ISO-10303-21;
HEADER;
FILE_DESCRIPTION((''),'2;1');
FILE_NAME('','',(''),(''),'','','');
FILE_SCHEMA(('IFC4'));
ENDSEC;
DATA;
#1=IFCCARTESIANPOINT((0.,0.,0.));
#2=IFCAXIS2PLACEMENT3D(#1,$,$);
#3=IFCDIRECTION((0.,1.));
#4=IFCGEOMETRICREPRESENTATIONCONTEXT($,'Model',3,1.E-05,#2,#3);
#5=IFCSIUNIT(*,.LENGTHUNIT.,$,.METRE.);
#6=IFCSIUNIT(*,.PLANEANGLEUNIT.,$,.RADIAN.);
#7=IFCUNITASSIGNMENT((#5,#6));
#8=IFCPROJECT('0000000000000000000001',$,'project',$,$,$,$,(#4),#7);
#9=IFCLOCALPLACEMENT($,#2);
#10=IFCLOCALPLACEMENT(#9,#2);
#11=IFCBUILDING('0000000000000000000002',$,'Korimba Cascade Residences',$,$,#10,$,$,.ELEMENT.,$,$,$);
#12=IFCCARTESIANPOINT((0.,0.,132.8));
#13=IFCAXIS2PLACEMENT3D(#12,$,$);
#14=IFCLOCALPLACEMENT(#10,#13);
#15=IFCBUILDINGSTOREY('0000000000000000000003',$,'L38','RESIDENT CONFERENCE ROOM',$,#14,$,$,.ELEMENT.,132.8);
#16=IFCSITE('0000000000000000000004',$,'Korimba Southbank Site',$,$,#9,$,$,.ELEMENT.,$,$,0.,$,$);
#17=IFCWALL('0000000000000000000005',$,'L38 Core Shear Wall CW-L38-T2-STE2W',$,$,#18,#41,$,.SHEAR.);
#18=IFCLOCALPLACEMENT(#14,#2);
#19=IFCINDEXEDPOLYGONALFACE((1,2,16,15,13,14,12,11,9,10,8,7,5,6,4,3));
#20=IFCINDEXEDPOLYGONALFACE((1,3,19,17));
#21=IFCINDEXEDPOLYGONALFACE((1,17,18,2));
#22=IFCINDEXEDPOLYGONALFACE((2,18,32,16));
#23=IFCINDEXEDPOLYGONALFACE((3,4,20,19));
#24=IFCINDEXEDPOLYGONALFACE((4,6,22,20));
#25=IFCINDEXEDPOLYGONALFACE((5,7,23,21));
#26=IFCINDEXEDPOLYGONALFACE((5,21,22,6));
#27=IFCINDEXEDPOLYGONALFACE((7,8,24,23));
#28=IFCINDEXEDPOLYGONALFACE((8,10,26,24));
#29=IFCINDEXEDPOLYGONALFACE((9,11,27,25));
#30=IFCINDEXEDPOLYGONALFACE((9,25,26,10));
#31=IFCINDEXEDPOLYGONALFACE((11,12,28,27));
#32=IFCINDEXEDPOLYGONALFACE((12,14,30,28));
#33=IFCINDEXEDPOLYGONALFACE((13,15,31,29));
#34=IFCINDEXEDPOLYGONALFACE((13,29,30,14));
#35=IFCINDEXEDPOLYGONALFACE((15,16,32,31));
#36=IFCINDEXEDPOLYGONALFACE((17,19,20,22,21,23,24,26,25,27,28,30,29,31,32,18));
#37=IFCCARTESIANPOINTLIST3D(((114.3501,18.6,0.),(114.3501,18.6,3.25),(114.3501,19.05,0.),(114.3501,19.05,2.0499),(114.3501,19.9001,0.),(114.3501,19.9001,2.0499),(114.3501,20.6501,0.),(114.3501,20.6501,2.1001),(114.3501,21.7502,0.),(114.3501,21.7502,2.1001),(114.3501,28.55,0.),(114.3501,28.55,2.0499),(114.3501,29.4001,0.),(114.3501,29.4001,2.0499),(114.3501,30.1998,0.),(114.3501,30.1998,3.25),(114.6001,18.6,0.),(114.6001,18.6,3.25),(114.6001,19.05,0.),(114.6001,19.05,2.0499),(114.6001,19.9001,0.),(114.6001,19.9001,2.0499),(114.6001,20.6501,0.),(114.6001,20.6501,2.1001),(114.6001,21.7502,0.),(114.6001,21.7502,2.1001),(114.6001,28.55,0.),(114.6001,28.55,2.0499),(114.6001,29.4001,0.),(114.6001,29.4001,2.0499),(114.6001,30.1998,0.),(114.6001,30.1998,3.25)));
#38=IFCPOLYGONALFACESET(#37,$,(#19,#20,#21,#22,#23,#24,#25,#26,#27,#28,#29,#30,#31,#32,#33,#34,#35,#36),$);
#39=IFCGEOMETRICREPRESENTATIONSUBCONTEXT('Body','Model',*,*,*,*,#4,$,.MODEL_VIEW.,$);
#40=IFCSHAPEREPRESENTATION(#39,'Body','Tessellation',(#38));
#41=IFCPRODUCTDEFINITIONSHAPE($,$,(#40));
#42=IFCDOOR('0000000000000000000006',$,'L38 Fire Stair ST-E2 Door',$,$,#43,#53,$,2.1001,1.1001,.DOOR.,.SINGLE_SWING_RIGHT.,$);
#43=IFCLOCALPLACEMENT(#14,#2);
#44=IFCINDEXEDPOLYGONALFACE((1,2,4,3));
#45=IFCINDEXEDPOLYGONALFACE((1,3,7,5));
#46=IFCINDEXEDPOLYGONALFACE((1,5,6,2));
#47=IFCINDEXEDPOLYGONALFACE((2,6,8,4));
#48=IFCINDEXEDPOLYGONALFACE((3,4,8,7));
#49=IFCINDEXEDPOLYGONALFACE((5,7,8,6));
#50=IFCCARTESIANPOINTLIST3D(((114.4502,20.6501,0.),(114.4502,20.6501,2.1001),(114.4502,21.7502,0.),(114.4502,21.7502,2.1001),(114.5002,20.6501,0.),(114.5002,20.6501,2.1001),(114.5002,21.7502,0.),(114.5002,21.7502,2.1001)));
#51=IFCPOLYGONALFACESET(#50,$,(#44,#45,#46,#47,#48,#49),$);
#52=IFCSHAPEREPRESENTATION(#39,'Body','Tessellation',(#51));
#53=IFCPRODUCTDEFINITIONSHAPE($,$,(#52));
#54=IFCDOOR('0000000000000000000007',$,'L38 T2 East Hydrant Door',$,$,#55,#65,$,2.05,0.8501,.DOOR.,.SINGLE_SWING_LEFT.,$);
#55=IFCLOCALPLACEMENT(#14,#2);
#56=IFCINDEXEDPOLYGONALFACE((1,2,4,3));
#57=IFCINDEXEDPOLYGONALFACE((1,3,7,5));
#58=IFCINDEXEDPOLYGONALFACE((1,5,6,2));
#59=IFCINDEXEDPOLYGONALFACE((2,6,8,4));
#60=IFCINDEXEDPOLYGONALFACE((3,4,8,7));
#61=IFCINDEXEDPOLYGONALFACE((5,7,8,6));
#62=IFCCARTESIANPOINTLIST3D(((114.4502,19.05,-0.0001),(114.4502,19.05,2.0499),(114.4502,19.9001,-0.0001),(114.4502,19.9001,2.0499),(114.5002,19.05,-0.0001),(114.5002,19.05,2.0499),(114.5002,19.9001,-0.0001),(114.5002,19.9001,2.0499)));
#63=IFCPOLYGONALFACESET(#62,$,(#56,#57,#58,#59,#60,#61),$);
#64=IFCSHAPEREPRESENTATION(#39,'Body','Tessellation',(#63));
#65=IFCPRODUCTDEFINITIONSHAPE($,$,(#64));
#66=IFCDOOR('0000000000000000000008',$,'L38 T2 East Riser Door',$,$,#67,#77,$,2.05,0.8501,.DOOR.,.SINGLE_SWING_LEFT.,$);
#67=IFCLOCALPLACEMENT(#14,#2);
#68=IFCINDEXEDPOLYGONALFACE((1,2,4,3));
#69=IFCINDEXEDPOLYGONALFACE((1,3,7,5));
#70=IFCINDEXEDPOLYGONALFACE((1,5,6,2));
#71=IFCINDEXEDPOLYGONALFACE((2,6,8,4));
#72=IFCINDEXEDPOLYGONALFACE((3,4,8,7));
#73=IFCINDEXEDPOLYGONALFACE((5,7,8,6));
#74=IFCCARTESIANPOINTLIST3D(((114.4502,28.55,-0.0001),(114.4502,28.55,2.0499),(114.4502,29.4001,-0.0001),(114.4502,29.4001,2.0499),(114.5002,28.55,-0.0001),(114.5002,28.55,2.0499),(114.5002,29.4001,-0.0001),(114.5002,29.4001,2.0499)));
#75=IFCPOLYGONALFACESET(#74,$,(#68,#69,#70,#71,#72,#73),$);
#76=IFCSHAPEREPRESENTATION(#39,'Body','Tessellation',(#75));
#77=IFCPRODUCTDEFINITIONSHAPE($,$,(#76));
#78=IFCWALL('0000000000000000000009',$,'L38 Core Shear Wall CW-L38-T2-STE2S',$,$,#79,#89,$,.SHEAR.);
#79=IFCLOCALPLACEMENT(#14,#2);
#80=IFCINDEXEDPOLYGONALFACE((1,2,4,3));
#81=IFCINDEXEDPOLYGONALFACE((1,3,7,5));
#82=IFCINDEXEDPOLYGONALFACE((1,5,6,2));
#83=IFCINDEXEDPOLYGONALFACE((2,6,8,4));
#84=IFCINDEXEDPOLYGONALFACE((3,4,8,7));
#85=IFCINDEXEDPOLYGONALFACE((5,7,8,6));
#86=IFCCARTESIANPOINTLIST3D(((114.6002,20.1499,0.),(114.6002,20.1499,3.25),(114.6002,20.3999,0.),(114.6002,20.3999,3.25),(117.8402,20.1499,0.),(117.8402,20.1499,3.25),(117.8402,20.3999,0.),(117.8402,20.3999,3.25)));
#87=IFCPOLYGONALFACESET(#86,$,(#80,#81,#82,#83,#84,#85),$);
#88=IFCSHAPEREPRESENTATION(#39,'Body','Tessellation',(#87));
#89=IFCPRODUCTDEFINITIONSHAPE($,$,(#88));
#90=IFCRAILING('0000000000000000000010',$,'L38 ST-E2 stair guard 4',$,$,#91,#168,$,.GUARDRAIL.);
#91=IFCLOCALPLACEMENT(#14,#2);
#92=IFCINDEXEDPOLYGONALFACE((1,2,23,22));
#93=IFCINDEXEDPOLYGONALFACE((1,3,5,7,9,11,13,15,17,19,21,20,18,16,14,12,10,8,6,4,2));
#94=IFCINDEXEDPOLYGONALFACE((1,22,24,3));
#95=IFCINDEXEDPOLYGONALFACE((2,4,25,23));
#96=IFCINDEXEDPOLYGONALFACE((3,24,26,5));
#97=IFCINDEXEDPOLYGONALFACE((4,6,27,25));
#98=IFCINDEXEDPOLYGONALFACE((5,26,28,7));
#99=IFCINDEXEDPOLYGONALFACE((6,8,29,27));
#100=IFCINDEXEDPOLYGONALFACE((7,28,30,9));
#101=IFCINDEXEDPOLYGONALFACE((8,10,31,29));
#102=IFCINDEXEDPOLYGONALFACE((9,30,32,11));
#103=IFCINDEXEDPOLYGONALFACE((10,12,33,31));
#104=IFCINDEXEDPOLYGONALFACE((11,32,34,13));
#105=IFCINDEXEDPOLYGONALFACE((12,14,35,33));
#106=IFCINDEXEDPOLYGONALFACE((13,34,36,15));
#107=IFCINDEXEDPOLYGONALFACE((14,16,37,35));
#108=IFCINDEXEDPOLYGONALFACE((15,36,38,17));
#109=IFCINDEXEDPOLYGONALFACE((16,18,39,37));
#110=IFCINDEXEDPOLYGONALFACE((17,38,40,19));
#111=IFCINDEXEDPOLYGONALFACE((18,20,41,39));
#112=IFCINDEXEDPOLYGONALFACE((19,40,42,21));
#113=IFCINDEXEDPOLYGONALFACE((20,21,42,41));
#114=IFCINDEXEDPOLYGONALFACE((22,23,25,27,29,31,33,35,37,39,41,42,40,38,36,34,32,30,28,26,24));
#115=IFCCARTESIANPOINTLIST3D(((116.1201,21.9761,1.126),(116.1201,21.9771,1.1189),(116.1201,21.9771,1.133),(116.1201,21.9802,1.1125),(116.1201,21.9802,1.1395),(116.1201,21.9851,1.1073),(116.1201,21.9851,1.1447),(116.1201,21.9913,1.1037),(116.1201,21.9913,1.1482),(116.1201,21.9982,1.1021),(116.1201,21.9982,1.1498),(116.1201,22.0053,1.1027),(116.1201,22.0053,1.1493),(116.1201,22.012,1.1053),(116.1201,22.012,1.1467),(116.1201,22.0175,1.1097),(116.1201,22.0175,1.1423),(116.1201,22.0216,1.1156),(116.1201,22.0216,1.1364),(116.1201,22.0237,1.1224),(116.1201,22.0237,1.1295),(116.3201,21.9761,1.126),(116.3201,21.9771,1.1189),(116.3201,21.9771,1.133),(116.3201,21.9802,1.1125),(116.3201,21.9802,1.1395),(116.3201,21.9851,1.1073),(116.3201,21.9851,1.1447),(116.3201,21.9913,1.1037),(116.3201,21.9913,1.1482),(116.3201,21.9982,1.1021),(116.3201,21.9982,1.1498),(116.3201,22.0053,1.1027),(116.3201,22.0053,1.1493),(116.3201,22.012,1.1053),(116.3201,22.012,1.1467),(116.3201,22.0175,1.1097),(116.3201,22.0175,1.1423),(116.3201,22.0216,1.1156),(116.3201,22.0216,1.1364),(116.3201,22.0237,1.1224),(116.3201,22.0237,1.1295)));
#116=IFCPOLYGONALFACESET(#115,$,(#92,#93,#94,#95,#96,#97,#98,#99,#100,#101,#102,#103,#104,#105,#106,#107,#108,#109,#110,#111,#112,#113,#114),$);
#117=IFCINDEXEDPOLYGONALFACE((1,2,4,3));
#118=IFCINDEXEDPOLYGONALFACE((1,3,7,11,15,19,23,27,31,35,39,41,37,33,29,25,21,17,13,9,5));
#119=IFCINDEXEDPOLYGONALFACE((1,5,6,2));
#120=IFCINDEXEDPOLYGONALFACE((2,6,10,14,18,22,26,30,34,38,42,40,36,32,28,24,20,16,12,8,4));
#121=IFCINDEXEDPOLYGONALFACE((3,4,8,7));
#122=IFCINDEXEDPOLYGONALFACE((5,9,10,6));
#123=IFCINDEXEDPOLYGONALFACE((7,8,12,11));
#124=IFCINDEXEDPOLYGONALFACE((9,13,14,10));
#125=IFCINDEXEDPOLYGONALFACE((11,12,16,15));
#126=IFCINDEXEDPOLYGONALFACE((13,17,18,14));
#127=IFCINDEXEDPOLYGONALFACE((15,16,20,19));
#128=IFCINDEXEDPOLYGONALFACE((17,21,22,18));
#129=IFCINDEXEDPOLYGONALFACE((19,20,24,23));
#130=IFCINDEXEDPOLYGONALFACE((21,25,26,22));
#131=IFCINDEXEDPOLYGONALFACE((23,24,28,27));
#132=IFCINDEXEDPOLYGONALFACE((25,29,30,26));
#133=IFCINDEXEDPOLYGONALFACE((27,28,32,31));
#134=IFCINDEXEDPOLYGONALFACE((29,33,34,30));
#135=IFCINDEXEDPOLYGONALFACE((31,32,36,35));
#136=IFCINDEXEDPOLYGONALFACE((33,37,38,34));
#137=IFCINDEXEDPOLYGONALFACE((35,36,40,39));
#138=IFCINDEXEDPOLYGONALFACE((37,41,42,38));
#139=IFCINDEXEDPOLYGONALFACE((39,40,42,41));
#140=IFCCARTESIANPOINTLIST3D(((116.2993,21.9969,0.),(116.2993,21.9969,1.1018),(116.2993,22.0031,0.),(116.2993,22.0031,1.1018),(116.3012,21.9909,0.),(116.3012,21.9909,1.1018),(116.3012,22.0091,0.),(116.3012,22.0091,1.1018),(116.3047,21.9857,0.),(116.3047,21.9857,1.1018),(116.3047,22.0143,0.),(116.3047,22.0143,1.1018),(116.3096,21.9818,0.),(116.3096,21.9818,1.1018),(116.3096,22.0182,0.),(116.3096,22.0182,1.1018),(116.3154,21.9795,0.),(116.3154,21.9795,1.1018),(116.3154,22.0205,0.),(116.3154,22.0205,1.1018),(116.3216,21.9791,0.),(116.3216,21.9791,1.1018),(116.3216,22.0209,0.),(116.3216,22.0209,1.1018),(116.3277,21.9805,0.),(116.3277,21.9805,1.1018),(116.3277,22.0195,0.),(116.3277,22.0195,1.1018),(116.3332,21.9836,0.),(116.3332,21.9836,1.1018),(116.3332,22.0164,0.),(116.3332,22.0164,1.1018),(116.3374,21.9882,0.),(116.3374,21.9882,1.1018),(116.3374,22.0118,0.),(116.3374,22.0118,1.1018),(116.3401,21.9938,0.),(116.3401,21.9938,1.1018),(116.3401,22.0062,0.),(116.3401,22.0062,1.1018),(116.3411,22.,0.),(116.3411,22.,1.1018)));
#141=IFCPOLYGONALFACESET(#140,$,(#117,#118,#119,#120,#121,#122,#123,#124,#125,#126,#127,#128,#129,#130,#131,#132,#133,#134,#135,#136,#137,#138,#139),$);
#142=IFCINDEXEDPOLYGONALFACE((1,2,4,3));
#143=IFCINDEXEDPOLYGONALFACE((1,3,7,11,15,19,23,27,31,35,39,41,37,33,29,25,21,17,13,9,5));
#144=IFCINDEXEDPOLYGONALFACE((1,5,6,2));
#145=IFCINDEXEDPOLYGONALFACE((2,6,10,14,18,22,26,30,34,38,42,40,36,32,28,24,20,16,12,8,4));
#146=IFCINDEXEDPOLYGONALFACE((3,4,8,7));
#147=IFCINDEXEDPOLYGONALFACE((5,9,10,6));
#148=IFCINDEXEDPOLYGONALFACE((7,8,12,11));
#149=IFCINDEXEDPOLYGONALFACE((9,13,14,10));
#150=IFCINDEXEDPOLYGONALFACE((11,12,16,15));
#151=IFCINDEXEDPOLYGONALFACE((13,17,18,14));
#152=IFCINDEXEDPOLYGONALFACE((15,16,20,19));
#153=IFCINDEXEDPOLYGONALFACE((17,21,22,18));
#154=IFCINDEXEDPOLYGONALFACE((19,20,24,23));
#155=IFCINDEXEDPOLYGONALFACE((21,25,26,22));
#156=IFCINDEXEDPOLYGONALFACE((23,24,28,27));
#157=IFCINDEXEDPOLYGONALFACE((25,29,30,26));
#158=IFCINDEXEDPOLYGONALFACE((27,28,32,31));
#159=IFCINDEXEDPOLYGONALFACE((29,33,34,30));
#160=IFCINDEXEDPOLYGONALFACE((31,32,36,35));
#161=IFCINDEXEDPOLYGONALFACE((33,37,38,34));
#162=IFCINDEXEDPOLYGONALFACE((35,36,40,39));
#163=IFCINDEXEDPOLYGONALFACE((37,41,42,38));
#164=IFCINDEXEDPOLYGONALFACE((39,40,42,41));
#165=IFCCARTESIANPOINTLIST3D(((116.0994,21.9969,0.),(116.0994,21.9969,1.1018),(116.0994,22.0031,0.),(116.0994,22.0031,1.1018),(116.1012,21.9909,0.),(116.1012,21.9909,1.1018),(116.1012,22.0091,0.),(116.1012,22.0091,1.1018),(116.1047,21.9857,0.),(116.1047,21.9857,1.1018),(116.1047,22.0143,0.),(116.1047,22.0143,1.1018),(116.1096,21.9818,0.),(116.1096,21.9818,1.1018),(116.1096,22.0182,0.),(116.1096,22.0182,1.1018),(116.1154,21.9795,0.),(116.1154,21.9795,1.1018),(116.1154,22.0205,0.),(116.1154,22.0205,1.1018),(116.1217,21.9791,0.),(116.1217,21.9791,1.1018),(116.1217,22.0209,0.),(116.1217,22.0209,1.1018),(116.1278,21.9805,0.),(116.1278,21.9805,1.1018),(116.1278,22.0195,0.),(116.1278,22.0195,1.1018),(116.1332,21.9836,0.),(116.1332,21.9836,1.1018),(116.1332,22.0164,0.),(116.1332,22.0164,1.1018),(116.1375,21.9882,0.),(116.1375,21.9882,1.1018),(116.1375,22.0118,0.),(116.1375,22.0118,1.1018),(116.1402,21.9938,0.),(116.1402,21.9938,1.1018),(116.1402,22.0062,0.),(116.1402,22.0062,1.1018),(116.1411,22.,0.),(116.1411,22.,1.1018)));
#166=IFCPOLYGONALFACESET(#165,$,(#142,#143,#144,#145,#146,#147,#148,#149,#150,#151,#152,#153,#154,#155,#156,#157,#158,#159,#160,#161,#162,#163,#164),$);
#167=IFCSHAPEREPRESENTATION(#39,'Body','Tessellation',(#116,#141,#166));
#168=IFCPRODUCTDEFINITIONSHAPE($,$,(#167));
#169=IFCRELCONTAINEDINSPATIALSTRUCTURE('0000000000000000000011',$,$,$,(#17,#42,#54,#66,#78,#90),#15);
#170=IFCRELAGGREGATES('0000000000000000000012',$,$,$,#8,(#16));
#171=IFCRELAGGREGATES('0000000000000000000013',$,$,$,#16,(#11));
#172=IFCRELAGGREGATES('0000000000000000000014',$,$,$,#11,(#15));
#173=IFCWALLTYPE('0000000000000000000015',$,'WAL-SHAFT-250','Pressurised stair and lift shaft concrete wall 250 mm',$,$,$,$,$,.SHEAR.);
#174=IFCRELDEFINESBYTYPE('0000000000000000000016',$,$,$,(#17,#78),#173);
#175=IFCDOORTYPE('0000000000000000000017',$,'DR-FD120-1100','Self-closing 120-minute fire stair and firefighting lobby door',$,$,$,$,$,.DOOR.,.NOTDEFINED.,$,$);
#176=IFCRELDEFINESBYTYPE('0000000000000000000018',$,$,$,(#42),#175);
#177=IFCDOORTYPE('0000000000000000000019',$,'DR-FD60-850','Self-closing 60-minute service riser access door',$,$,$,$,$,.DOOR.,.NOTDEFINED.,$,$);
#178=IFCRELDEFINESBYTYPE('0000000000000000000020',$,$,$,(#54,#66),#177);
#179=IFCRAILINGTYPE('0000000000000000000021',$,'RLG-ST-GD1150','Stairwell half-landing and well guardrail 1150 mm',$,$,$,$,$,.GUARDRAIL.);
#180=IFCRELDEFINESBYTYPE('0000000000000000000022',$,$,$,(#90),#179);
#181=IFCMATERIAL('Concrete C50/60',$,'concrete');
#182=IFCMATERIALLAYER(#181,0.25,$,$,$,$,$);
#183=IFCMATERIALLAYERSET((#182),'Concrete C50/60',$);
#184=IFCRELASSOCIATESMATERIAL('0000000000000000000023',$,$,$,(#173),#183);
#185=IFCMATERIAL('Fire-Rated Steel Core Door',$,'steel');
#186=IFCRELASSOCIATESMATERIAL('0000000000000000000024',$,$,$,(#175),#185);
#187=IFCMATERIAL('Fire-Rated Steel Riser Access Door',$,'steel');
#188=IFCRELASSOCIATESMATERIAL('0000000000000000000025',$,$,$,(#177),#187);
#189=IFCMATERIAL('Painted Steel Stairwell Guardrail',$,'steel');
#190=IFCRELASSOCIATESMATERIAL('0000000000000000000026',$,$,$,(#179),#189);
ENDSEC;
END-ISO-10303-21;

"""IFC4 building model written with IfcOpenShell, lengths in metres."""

from ifc_helpers import new_model, si_unit, direction, frame, frame_2d, origin, origin_2d, place, context, subcontext, project, spatial, rectangle, circle, extrude, material, layer, layer_set, type_object, element, fill, save


model = new_model("IFC4")

# Units and contexts
model_context = context("Model", 3, precision=1e-05, world=origin(), true_north=direction((0.0, 1.0)))
body_context = subcontext(model_context, "Body", "Model", "MODEL_VIEW")
ifc_project = project(units=[si_unit("LENGTHUNIT", "METRE"), si_unit("PLANEANGLEUNIT", "RADIAN")], contexts=[model_context])

# Site, building, storey
site_placement = place(None, origin())
site = spatial("IfcSite", under=ifc_project, at=site_placement, Name="Korimba Southbank Site", CompositionType="ELEMENT", RefElevation=0.0)
building_placement = place(site_placement, origin())
building = spatial("IfcBuilding", under=site, at=building_placement, Name="Korimba Cascade Residences", CompositionType="ELEMENT")
storey_placement = place(building_placement, frame((0.0, 0.0, 132.8)))
storey = spatial("IfcBuildingStorey", under=building, at=storey_placement, Name="L38", Description="RESIDENT CONFERENCE ROOM", CompositionType="ELEMENT", Elevation=132.8)

# Wall, openings, doors
ifc_material_1 = material(Name="Concrete C50/60", Category="concrete")
ifc_layer_1 = layer(ifc_material_1, 0.25)
ifc_layer_set_1 = layer_set([ifc_layer_1], Name="Concrete C50/60")
wall_type_1 = type_object("IfcWallType", Name="WAL-SHAFT-250", Description="Pressurised stair and lift shaft concrete wall 250 mm", PredefinedType="SHEAR", material=ifc_layer_set_1)
wall_1_placement = place(storey_placement, frame((114.4751, 18.6001, 0.0), z_axis=(0.0, 0.0, 1.0), x_axis=(0.0, 1.0, 0.0)))
wall_1 = element("IfcWall", 1, at=wall_1_placement, inside=storey, type_object=wall_type_1, Name="L38 Core Shear Wall CW-L38-T2-STE2W", PredefinedType="SHEAR", context=body_context, shape_type="SweptSolid", body=[
    extrude(rectangle(XDim=11.5999, YDim=0.25, at=frame_2d((5.7998, 0.0))), origin(), (0.0, 0.0, 1.0), 3.25),
])
opening_1_placement = place(wall_1_placement, frame((0.45, 0.0, 0.0)))
opening_1 = element("IfcOpeningElement", 2, at=opening_1_placement, cuts=wall_1, PredefinedType="OPENING", context=body_context, shape_type="SweptSolid", body=[
    extrude(rectangle(XDim=0.8501, YDim=2.05, at=frame_2d((0.425, 1.0249))), frame((0.0, 0.135, 0.0), z_axis=(0.0, -1.0, 0.0), x_axis=(1.0, 0.0, 0.0)), (0.0, 0.0, 1.0), 0.27),
])
opening_2_placement = place(wall_1_placement, frame((2.05, 0.0, 0.0)))
opening_2 = element("IfcOpeningElement", 3, at=opening_2_placement, cuts=wall_1, PredefinedType="OPENING", context=body_context, shape_type="SweptSolid", body=[
    extrude(rectangle(XDim=1.1001, YDim=2.1001, at=frame_2d((0.55, 1.05))), frame((0.0, 0.135, 0.0), z_axis=(0.0, -1.0, 0.0), x_axis=(1.0, 0.0, 0.0)), (0.0, 0.0, 1.0), 0.27),
])
opening_3_placement = place(wall_1_placement, frame((9.95, 0.0, 0.0)))
opening_3 = element("IfcOpeningElement", 4, at=opening_3_placement, cuts=wall_1, PredefinedType="OPENING", context=body_context, shape_type="SweptSolid", body=[
    extrude(rectangle(XDim=0.8501, YDim=2.05, at=frame_2d((0.425, 1.0249))), frame((0.0, 0.135, 0.0), z_axis=(0.0, -1.0, 0.0), x_axis=(1.0, 0.0, 0.0)), (0.0, 0.0, 1.0), 0.27),
])
ifc_material_2 = material(Name="Fire-Rated Steel Core Door", Category="steel")
door_type_1 = type_object("IfcDoorType", Name="DR-FD120-1100", Description="Self-closing 120-minute fire stair and firefighting lobby door", OperationType="NOTDEFINED", PredefinedType="DOOR", material=ifc_material_2)
door_1_placement = place(opening_2_placement, origin())
door_1 = element("IfcDoor", 5, at=door_1_placement, inside=storey, type_object=door_type_1, Name="L38 Fire Stair ST-E2 Door", OperationType="SINGLE_SWING_RIGHT", OverallHeight=2.1001, OverallWidth=1.1001, PredefinedType="DOOR", context=body_context, shape_type="SweptSolid", body=[
    extrude(rectangle(XDim=1.1001, YDim=2.1001, at=frame_2d((0.55, 1.05))), frame((0.0, 0.0249, 0.0), z_axis=(0.0, -1.0, 0.0), x_axis=(1.0, 0.0, 0.0)), (0.0, 0.0, 1.0), 0.05),
])
fill(opening_2, door_1)
ifc_material_3 = material(Name="Fire-Rated Steel Riser Access Door", Category="steel")
door_type_2 = type_object("IfcDoorType", Name="DR-FD60-850", Description="Self-closing 60-minute service riser access door", OperationType="NOTDEFINED", PredefinedType="DOOR", material=ifc_material_3)
door_2_placement = place(opening_1_placement, origin())
door_2 = element("IfcDoor", 6, at=door_2_placement, inside=storey, type_object=door_type_2, Name="L38 T2 East Hydrant Door", OperationType="SINGLE_SWING_LEFT", OverallHeight=2.05, OverallWidth=0.8501, PredefinedType="DOOR", context=body_context, shape_type="SweptSolid", body=[
    extrude(rectangle(XDim=0.8501, YDim=2.05, at=frame_2d((0.425, 1.0249))), frame((0.0, 0.0249, 0.0), z_axis=(0.0, -1.0, 0.0), x_axis=(1.0, 0.0, 0.0)), (0.0, 0.0, 1.0), 0.05),
])
fill(opening_1, door_2)
door_3_placement = place(opening_3_placement, origin())
door_3 = element("IfcDoor", 7, at=door_3_placement, inside=storey, type_object=door_type_2, Name="L38 T2 East Riser Door", OperationType="SINGLE_SWING_LEFT", OverallHeight=2.05, OverallWidth=0.8501, PredefinedType="DOOR", context=body_context, shape_type="SweptSolid", body=[
    extrude(rectangle(XDim=0.8501, YDim=2.05, at=frame_2d((0.425, 1.0249))), frame((0.0, 0.0249, 0.0), z_axis=(0.0, -1.0, 0.0), x_axis=(1.0, 0.0, 0.0)), (0.0, 0.0, 1.0), 0.05),
])
fill(opening_3, door_3)

# Wall
wall_2_placement = place(storey_placement, frame((114.6001, 20.2749, 0.0), z_axis=(0.0, 0.0, 1.0), x_axis=(1.0, 0.0, 0.0)))
element("IfcWall", 8, at=wall_2_placement, inside=storey, type_object=wall_type_1, Name="L38 Core Shear Wall CW-L38-T2-STE2S", PredefinedType="SHEAR", context=body_context, shape_type="SweptSolid", body=[
    extrude(rectangle(XDim=3.24, YDim=0.25, at=frame_2d((1.6201, 0.0))), origin(), (0.0, 0.0, 1.0), 3.25),
])

# Railing
ifc_material_4 = material(Name="Painted Steel Stairwell Guardrail", Category="steel")
railing_type = type_object("IfcRailingType", Name="RLG-ST-GD1150", Description="Stairwell half-landing and well guardrail 1150 mm", PredefinedType="GUARDRAIL", material=ifc_material_4)
railing_placement = place(storey_placement, frame((116.3201, 22.0, 0.0)))
element("IfcRailing", 9, at=railing_placement, inside=storey, type_object=railing_type, Name="L38 ST-E2 stair guard 4", PredefinedType="GUARDRAIL", context=body_context, shape_type="SweptSolid", body=[
    extrude(circle(Radius=0.0239, at=origin_2d()), frame((0.0, 0.0, 1.126), z_axis=(-1.0, 0.0, 0.0), x_axis=(0.0, -1.0, 0.0)), (0.0, 0.0, 1.0), 0.2),
    extrude(circle(Radius=0.021, at=origin_2d()), origin(), (0.0, 0.0, 1.0), 1.1018),
    extrude(circle(Radius=0.021, at=origin_2d()), frame((-0.2, 0.0, 0.0)), (0.0, 0.0, 1.0), 1.1018),
])

save(model, "model.ifc")
